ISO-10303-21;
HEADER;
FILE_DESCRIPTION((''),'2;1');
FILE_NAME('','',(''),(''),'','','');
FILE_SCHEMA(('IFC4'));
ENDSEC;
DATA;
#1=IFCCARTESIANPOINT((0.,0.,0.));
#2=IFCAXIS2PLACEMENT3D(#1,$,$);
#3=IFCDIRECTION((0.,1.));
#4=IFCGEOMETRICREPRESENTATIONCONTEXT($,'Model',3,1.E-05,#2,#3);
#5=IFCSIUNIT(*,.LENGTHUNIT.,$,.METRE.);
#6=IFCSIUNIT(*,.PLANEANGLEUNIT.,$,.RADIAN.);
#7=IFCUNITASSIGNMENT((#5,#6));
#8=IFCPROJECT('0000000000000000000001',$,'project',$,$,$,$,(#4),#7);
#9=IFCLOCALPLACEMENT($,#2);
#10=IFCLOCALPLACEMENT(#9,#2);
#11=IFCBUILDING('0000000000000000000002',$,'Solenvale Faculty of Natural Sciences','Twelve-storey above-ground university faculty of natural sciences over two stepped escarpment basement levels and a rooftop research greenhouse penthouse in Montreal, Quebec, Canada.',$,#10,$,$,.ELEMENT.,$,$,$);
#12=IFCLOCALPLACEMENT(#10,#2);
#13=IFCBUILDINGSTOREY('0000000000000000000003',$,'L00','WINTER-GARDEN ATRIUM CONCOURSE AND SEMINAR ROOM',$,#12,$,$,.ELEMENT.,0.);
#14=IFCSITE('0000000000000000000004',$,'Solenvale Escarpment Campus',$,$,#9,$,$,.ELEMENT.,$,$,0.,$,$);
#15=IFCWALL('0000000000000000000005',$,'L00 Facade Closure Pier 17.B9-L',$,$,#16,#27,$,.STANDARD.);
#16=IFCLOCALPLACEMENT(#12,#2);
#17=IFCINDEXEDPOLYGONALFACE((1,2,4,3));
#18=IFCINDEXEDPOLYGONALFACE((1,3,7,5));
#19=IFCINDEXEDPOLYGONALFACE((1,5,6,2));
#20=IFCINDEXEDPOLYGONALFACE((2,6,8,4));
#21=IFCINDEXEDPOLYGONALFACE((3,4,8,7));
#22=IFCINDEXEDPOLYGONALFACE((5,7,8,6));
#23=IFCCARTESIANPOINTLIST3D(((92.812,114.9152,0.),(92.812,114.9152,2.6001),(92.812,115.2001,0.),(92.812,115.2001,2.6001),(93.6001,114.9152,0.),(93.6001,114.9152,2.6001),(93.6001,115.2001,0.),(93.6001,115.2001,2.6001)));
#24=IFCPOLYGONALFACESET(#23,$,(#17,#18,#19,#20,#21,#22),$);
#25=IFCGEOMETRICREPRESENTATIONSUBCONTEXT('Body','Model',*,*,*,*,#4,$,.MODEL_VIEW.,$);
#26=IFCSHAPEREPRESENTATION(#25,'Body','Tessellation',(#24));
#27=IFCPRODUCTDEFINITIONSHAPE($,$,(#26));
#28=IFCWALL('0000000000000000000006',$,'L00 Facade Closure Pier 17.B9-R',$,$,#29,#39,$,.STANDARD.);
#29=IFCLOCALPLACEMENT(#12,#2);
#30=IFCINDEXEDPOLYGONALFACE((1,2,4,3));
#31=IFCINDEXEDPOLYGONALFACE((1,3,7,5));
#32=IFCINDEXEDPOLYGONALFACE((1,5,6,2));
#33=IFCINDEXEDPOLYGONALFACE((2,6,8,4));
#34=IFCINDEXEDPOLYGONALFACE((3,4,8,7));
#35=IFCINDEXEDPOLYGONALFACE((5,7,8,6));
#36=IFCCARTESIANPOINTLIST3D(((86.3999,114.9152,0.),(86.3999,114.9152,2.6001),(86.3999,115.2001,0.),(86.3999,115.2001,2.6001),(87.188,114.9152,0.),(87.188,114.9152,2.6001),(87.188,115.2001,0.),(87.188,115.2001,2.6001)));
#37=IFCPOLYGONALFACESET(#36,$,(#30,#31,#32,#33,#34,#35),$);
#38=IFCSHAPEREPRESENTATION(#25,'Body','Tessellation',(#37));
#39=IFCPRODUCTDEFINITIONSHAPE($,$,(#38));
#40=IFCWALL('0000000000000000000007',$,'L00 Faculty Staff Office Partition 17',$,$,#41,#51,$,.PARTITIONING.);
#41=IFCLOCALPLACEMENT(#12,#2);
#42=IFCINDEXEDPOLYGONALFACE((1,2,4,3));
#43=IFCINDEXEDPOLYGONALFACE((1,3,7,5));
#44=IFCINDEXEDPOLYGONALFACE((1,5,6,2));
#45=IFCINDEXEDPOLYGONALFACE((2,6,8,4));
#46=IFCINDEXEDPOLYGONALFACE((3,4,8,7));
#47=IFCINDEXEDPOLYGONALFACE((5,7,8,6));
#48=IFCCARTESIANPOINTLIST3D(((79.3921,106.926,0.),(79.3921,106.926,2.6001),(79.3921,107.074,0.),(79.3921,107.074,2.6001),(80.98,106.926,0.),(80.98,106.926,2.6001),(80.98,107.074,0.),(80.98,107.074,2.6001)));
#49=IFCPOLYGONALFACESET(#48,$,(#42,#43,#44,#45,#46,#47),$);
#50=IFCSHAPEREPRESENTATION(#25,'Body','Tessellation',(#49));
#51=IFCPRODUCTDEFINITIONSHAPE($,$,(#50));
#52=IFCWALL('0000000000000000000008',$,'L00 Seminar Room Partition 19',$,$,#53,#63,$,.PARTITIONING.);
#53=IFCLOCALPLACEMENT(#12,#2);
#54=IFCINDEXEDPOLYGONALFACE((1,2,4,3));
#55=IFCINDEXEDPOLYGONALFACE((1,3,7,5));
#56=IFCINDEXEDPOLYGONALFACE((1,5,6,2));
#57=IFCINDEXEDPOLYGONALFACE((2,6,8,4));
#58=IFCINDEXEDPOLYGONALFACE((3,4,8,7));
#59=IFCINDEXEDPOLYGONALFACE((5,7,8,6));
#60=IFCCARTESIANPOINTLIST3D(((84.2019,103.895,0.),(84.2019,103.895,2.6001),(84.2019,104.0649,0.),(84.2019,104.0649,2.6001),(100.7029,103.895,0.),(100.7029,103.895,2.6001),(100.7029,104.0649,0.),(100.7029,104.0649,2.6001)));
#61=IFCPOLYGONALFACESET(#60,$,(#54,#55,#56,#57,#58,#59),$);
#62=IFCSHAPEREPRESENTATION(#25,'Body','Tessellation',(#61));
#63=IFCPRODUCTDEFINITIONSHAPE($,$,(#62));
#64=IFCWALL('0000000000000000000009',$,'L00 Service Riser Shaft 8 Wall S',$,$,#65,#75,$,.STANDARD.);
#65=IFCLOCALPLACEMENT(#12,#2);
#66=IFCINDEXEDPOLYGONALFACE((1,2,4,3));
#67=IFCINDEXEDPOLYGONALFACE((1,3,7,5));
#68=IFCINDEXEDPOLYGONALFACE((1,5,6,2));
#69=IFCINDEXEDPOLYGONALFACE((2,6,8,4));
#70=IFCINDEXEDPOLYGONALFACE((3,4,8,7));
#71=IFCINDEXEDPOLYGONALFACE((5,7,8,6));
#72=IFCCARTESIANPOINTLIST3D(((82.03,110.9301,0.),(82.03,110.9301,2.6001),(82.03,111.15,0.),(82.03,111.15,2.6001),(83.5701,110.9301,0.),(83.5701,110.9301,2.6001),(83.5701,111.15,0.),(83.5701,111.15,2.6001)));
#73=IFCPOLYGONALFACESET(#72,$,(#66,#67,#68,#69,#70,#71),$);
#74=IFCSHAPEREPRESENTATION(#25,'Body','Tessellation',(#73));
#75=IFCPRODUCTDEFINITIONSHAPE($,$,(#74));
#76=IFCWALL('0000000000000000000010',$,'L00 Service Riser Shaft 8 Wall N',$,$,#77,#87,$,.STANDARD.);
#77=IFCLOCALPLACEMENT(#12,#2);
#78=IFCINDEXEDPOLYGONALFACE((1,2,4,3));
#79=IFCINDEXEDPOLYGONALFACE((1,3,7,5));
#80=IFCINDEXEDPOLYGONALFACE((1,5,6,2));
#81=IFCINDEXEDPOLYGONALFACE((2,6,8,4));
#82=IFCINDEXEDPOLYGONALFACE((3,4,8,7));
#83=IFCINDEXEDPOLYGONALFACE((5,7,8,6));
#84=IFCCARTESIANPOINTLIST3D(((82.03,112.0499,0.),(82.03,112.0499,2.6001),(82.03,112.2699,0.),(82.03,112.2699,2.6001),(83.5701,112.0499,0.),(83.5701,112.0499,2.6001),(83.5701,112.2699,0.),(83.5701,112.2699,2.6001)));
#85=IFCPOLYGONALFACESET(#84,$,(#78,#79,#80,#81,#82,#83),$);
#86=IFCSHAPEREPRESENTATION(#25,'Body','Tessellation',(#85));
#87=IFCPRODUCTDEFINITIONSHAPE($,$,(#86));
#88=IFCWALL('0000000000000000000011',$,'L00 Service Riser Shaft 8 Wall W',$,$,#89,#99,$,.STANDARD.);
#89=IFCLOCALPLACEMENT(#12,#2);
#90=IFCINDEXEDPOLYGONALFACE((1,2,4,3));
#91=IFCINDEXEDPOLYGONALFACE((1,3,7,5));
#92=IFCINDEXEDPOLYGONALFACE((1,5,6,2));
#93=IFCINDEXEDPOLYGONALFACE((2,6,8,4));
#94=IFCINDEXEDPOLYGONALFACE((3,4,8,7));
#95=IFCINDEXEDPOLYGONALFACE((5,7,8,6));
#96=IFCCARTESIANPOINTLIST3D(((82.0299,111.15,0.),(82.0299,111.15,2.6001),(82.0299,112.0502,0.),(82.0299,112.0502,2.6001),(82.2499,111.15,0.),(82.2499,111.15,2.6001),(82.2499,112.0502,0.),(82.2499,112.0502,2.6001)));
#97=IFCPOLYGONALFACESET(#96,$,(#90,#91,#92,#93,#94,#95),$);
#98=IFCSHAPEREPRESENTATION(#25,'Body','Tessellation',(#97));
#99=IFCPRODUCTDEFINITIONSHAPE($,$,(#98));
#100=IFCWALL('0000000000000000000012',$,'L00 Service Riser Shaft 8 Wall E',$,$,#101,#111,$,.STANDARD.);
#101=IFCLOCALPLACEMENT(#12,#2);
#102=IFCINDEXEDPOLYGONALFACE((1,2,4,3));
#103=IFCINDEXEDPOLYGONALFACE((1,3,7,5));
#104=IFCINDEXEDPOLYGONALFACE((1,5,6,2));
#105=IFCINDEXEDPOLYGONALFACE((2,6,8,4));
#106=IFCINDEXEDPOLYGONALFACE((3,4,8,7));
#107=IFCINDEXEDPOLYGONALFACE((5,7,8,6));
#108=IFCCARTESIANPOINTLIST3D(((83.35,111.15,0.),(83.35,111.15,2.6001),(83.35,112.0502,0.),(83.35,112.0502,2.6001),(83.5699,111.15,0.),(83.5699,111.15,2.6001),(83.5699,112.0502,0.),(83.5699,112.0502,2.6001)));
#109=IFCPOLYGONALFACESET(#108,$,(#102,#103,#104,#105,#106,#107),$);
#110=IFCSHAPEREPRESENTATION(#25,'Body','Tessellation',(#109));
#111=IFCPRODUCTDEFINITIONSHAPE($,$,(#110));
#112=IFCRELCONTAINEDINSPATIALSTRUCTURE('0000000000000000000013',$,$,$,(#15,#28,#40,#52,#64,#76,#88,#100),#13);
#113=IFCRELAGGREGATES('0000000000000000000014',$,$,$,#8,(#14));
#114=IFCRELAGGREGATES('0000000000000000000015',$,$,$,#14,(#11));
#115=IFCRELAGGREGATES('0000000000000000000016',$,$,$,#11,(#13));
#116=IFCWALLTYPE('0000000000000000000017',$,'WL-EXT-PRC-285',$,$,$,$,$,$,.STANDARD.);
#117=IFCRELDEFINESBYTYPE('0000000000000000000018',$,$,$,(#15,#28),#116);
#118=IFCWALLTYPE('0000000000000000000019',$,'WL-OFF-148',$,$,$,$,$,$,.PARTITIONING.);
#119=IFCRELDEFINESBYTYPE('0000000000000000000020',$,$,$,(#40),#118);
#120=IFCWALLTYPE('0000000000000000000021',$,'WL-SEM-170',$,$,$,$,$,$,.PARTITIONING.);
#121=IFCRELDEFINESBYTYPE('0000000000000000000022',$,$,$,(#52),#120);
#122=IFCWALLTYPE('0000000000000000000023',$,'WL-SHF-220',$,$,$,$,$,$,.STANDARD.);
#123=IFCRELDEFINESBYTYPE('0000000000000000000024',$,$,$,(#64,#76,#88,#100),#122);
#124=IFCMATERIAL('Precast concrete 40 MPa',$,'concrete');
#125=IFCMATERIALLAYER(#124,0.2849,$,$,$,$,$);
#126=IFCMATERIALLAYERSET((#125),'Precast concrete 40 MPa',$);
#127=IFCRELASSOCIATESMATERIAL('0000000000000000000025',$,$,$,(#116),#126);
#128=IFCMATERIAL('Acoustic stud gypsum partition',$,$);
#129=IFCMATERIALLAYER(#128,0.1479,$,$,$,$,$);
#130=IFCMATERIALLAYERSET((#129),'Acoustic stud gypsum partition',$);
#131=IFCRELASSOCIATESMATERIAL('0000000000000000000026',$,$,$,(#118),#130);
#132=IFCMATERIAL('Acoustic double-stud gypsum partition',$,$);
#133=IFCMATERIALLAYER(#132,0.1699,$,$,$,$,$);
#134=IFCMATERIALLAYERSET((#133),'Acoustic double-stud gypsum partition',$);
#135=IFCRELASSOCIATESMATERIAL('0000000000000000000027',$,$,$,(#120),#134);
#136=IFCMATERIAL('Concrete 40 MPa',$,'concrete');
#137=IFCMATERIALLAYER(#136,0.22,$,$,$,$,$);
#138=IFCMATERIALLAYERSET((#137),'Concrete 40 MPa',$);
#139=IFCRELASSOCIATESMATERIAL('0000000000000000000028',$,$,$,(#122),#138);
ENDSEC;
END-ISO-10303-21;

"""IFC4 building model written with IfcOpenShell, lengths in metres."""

from ifc_helpers import new_model, si_unit, direction, frame, frame_2d, origin, place, context, subcontext, project, spatial, rectangle, extrude, material, layer, layer_set, type_object, element, save


model = new_model("IFC4")

# Units and contexts
model_context = context("Model", 3, precision=1e-05, world=origin(), true_north=direction((0.0, 1.0)))
body_context = subcontext(model_context, "Body", "Model", "MODEL_VIEW")
ifc_project = project(units=[si_unit("LENGTHUNIT", "METRE"), si_unit("PLANEANGLEUNIT", "RADIAN")], contexts=[model_context])

# Site, building, storey
site_placement = place(None, origin())
site = spatial("IfcSite", under=ifc_project, at=site_placement, Name="Solenvale Escarpment Campus", CompositionType="ELEMENT", RefElevation=0.0)
building_placement = place(site_placement, origin())
building = spatial("IfcBuilding", under=site, at=building_placement, Name="Solenvale Faculty of Natural Sciences", Description="Twelve-storey above-ground university faculty of natural sciences over two stepped escarpment basement levels and a rooftop research greenhouse penthouse in Montreal, Quebec, Canada.", CompositionType="ELEMENT")
storey_placement = place(building_placement, origin())
storey = spatial("IfcBuildingStorey", under=building, at=storey_placement, Name="L00", Description="WINTER-GARDEN ATRIUM CONCOURSE AND SEMINAR ROOM", CompositionType="ELEMENT", Elevation=0.0)

# Shared definitions
ifc_material_1 = material(Name="Concrete 40 MPa", Category="concrete")
ifc_material_2 = material(Name="Precast concrete 40 MPa", Category="concrete")

# Walls
ifc_layer_1 = layer(ifc_material_2, 0.2849)
ifc_layer_set_1 = layer_set([ifc_layer_1], Name="Precast concrete 40 MPa")
wall_type_1 = type_object("IfcWallType", Name="WL-EXT-PRC-285", PredefinedType="STANDARD", material=ifc_layer_set_1)
for number, where, z_axis, x_axis, name in (
    (1, (93.6001, 115.0576, 0.0), (0.0, 0.0, 1.0), (-1.0, 0.0, 0.0), "L00 Facade Closure Pier 17.B9-L"),
    (2, (87.188, 115.0576, 0.0), (0.0, 0.0, 1.0), (-1.0, 0.0, 0.0), "L00 Facade Closure Pier 17.B9-R"),
):
    element("IfcWall", number, at=place(storey_placement, frame(where, z_axis=z_axis, x_axis=x_axis)), inside=storey, type_object=wall_type_1, Name=name, PredefinedType="STANDARD", context=body_context, shape_type="SweptSolid", body=[
        extrude(rectangle(XDim=0.7881, YDim=0.2849, at=frame_2d((0.394, 0.0))), origin(), (0.0, 0.0, 1.0), 2.6001),
    ])
ifc_material_3 = material(Name="Acoustic stud gypsum partition")
ifc_layer_2 = layer(ifc_material_3, 0.1479)
ifc_layer_set_2 = layer_set([ifc_layer_2], Name="Acoustic stud gypsum partition")
wall_type_2 = type_object("IfcWallType", Name="WL-OFF-148", PredefinedType="PARTITIONING", material=ifc_layer_set_2)
wall_1_placement = place(storey_placement, frame((80.98, 107.0, 0.0), z_axis=(0.0, 0.0, 1.0), x_axis=(-1.0, 0.0, 0.0)))
element("IfcWall", 3, at=wall_1_placement, inside=storey, type_object=wall_type_2, Name="L00 Faculty Staff Office Partition 17", PredefinedType="PARTITIONING", context=body_context, shape_type="SweptSolid", body=[
    extrude(rectangle(XDim=1.5879, YDim=0.1479, at=frame_2d((0.7939, 0.0))), origin(), (0.0, 0.0, 1.0), 2.6001),
])
ifc_material_4 = material(Name="Acoustic double-stud gypsum partition")
ifc_layer_3 = layer(ifc_material_4, 0.1699)
ifc_layer_set_3 = layer_set([ifc_layer_3], Name="Acoustic double-stud gypsum partition")
wall_type_3 = type_object("IfcWallType", Name="WL-SEM-170", PredefinedType="PARTITIONING", material=ifc_layer_set_3)
wall_2_placement = place(storey_placement, frame((84.2019, 103.98, 0.0), z_axis=(0.0, 0.0, 1.0), x_axis=(1.0, 0.0, 0.0)))
element("IfcWall", 4, at=wall_2_placement, inside=storey, type_object=wall_type_3, Name="L00 Seminar Room Partition 19", PredefinedType="PARTITIONING", context=body_context, shape_type="SweptSolid", body=[
    extrude(rectangle(XDim=16.501, YDim=0.1699, at=frame_2d((8.2505, 0.0))), origin(), (0.0, 0.0, 1.0), 2.6001),
])
ifc_layer_4 = layer(ifc_material_1, 0.22)
ifc_layer_set_4 = layer_set([ifc_layer_4], Name="Concrete 40 MPa")
wall_type_4 = type_object("IfcWallType", Name="WL-SHF-220", PredefinedType="STANDARD", material=ifc_layer_set_4)
for number, where, z_axis, x_axis, name in (
    (5, (82.03, 111.04, 0.0), (0.0, 0.0, 1.0), (1.0, 0.0, 0.0), "L00 Service Riser Shaft 8 Wall S"),
    (6, (82.03, 112.1599, 0.0), (0.0, 0.0, 1.0), (1.0, 0.0, 0.0), "L00 Service Riser Shaft 8 Wall N"),
):
    element("IfcWall", number, at=place(storey_placement, frame(where, z_axis=z_axis, x_axis=x_axis)), inside=storey, type_object=wall_type_4, Name=name, PredefinedType="STANDARD", context=body_context, shape_type="SweptSolid", body=[
        extrude(rectangle(XDim=1.54, YDim=0.22, at=frame_2d((0.77, 0.0))), origin(), (0.0, 0.0, 1.0), 2.6001),
    ])
for number, where, z_axis, x_axis, name in (
    (7, (82.1399, 111.1499, 0.0), (0.0, 0.0, 1.0), (0.0, 1.0, 0.0), "L00 Service Riser Shaft 8 Wall W"),
    (8, (83.46, 111.1499, 0.0), (0.0, 0.0, 1.0), (0.0, 1.0, 0.0), "L00 Service Riser Shaft 8 Wall E"),
):
    element("IfcWall", number, at=place(storey_placement, frame(where, z_axis=z_axis, x_axis=x_axis)), inside=storey, type_object=wall_type_4, Name=name, PredefinedType="STANDARD", context=body_context, shape_type="SweptSolid", body=[
        extrude(rectangle(XDim=0.9001, YDim=0.22, at=frame_2d((0.4502, 0.0))), origin(), (0.0, 0.0, 1.0), 2.6001),
    ])

save(model, "model.ifc")
